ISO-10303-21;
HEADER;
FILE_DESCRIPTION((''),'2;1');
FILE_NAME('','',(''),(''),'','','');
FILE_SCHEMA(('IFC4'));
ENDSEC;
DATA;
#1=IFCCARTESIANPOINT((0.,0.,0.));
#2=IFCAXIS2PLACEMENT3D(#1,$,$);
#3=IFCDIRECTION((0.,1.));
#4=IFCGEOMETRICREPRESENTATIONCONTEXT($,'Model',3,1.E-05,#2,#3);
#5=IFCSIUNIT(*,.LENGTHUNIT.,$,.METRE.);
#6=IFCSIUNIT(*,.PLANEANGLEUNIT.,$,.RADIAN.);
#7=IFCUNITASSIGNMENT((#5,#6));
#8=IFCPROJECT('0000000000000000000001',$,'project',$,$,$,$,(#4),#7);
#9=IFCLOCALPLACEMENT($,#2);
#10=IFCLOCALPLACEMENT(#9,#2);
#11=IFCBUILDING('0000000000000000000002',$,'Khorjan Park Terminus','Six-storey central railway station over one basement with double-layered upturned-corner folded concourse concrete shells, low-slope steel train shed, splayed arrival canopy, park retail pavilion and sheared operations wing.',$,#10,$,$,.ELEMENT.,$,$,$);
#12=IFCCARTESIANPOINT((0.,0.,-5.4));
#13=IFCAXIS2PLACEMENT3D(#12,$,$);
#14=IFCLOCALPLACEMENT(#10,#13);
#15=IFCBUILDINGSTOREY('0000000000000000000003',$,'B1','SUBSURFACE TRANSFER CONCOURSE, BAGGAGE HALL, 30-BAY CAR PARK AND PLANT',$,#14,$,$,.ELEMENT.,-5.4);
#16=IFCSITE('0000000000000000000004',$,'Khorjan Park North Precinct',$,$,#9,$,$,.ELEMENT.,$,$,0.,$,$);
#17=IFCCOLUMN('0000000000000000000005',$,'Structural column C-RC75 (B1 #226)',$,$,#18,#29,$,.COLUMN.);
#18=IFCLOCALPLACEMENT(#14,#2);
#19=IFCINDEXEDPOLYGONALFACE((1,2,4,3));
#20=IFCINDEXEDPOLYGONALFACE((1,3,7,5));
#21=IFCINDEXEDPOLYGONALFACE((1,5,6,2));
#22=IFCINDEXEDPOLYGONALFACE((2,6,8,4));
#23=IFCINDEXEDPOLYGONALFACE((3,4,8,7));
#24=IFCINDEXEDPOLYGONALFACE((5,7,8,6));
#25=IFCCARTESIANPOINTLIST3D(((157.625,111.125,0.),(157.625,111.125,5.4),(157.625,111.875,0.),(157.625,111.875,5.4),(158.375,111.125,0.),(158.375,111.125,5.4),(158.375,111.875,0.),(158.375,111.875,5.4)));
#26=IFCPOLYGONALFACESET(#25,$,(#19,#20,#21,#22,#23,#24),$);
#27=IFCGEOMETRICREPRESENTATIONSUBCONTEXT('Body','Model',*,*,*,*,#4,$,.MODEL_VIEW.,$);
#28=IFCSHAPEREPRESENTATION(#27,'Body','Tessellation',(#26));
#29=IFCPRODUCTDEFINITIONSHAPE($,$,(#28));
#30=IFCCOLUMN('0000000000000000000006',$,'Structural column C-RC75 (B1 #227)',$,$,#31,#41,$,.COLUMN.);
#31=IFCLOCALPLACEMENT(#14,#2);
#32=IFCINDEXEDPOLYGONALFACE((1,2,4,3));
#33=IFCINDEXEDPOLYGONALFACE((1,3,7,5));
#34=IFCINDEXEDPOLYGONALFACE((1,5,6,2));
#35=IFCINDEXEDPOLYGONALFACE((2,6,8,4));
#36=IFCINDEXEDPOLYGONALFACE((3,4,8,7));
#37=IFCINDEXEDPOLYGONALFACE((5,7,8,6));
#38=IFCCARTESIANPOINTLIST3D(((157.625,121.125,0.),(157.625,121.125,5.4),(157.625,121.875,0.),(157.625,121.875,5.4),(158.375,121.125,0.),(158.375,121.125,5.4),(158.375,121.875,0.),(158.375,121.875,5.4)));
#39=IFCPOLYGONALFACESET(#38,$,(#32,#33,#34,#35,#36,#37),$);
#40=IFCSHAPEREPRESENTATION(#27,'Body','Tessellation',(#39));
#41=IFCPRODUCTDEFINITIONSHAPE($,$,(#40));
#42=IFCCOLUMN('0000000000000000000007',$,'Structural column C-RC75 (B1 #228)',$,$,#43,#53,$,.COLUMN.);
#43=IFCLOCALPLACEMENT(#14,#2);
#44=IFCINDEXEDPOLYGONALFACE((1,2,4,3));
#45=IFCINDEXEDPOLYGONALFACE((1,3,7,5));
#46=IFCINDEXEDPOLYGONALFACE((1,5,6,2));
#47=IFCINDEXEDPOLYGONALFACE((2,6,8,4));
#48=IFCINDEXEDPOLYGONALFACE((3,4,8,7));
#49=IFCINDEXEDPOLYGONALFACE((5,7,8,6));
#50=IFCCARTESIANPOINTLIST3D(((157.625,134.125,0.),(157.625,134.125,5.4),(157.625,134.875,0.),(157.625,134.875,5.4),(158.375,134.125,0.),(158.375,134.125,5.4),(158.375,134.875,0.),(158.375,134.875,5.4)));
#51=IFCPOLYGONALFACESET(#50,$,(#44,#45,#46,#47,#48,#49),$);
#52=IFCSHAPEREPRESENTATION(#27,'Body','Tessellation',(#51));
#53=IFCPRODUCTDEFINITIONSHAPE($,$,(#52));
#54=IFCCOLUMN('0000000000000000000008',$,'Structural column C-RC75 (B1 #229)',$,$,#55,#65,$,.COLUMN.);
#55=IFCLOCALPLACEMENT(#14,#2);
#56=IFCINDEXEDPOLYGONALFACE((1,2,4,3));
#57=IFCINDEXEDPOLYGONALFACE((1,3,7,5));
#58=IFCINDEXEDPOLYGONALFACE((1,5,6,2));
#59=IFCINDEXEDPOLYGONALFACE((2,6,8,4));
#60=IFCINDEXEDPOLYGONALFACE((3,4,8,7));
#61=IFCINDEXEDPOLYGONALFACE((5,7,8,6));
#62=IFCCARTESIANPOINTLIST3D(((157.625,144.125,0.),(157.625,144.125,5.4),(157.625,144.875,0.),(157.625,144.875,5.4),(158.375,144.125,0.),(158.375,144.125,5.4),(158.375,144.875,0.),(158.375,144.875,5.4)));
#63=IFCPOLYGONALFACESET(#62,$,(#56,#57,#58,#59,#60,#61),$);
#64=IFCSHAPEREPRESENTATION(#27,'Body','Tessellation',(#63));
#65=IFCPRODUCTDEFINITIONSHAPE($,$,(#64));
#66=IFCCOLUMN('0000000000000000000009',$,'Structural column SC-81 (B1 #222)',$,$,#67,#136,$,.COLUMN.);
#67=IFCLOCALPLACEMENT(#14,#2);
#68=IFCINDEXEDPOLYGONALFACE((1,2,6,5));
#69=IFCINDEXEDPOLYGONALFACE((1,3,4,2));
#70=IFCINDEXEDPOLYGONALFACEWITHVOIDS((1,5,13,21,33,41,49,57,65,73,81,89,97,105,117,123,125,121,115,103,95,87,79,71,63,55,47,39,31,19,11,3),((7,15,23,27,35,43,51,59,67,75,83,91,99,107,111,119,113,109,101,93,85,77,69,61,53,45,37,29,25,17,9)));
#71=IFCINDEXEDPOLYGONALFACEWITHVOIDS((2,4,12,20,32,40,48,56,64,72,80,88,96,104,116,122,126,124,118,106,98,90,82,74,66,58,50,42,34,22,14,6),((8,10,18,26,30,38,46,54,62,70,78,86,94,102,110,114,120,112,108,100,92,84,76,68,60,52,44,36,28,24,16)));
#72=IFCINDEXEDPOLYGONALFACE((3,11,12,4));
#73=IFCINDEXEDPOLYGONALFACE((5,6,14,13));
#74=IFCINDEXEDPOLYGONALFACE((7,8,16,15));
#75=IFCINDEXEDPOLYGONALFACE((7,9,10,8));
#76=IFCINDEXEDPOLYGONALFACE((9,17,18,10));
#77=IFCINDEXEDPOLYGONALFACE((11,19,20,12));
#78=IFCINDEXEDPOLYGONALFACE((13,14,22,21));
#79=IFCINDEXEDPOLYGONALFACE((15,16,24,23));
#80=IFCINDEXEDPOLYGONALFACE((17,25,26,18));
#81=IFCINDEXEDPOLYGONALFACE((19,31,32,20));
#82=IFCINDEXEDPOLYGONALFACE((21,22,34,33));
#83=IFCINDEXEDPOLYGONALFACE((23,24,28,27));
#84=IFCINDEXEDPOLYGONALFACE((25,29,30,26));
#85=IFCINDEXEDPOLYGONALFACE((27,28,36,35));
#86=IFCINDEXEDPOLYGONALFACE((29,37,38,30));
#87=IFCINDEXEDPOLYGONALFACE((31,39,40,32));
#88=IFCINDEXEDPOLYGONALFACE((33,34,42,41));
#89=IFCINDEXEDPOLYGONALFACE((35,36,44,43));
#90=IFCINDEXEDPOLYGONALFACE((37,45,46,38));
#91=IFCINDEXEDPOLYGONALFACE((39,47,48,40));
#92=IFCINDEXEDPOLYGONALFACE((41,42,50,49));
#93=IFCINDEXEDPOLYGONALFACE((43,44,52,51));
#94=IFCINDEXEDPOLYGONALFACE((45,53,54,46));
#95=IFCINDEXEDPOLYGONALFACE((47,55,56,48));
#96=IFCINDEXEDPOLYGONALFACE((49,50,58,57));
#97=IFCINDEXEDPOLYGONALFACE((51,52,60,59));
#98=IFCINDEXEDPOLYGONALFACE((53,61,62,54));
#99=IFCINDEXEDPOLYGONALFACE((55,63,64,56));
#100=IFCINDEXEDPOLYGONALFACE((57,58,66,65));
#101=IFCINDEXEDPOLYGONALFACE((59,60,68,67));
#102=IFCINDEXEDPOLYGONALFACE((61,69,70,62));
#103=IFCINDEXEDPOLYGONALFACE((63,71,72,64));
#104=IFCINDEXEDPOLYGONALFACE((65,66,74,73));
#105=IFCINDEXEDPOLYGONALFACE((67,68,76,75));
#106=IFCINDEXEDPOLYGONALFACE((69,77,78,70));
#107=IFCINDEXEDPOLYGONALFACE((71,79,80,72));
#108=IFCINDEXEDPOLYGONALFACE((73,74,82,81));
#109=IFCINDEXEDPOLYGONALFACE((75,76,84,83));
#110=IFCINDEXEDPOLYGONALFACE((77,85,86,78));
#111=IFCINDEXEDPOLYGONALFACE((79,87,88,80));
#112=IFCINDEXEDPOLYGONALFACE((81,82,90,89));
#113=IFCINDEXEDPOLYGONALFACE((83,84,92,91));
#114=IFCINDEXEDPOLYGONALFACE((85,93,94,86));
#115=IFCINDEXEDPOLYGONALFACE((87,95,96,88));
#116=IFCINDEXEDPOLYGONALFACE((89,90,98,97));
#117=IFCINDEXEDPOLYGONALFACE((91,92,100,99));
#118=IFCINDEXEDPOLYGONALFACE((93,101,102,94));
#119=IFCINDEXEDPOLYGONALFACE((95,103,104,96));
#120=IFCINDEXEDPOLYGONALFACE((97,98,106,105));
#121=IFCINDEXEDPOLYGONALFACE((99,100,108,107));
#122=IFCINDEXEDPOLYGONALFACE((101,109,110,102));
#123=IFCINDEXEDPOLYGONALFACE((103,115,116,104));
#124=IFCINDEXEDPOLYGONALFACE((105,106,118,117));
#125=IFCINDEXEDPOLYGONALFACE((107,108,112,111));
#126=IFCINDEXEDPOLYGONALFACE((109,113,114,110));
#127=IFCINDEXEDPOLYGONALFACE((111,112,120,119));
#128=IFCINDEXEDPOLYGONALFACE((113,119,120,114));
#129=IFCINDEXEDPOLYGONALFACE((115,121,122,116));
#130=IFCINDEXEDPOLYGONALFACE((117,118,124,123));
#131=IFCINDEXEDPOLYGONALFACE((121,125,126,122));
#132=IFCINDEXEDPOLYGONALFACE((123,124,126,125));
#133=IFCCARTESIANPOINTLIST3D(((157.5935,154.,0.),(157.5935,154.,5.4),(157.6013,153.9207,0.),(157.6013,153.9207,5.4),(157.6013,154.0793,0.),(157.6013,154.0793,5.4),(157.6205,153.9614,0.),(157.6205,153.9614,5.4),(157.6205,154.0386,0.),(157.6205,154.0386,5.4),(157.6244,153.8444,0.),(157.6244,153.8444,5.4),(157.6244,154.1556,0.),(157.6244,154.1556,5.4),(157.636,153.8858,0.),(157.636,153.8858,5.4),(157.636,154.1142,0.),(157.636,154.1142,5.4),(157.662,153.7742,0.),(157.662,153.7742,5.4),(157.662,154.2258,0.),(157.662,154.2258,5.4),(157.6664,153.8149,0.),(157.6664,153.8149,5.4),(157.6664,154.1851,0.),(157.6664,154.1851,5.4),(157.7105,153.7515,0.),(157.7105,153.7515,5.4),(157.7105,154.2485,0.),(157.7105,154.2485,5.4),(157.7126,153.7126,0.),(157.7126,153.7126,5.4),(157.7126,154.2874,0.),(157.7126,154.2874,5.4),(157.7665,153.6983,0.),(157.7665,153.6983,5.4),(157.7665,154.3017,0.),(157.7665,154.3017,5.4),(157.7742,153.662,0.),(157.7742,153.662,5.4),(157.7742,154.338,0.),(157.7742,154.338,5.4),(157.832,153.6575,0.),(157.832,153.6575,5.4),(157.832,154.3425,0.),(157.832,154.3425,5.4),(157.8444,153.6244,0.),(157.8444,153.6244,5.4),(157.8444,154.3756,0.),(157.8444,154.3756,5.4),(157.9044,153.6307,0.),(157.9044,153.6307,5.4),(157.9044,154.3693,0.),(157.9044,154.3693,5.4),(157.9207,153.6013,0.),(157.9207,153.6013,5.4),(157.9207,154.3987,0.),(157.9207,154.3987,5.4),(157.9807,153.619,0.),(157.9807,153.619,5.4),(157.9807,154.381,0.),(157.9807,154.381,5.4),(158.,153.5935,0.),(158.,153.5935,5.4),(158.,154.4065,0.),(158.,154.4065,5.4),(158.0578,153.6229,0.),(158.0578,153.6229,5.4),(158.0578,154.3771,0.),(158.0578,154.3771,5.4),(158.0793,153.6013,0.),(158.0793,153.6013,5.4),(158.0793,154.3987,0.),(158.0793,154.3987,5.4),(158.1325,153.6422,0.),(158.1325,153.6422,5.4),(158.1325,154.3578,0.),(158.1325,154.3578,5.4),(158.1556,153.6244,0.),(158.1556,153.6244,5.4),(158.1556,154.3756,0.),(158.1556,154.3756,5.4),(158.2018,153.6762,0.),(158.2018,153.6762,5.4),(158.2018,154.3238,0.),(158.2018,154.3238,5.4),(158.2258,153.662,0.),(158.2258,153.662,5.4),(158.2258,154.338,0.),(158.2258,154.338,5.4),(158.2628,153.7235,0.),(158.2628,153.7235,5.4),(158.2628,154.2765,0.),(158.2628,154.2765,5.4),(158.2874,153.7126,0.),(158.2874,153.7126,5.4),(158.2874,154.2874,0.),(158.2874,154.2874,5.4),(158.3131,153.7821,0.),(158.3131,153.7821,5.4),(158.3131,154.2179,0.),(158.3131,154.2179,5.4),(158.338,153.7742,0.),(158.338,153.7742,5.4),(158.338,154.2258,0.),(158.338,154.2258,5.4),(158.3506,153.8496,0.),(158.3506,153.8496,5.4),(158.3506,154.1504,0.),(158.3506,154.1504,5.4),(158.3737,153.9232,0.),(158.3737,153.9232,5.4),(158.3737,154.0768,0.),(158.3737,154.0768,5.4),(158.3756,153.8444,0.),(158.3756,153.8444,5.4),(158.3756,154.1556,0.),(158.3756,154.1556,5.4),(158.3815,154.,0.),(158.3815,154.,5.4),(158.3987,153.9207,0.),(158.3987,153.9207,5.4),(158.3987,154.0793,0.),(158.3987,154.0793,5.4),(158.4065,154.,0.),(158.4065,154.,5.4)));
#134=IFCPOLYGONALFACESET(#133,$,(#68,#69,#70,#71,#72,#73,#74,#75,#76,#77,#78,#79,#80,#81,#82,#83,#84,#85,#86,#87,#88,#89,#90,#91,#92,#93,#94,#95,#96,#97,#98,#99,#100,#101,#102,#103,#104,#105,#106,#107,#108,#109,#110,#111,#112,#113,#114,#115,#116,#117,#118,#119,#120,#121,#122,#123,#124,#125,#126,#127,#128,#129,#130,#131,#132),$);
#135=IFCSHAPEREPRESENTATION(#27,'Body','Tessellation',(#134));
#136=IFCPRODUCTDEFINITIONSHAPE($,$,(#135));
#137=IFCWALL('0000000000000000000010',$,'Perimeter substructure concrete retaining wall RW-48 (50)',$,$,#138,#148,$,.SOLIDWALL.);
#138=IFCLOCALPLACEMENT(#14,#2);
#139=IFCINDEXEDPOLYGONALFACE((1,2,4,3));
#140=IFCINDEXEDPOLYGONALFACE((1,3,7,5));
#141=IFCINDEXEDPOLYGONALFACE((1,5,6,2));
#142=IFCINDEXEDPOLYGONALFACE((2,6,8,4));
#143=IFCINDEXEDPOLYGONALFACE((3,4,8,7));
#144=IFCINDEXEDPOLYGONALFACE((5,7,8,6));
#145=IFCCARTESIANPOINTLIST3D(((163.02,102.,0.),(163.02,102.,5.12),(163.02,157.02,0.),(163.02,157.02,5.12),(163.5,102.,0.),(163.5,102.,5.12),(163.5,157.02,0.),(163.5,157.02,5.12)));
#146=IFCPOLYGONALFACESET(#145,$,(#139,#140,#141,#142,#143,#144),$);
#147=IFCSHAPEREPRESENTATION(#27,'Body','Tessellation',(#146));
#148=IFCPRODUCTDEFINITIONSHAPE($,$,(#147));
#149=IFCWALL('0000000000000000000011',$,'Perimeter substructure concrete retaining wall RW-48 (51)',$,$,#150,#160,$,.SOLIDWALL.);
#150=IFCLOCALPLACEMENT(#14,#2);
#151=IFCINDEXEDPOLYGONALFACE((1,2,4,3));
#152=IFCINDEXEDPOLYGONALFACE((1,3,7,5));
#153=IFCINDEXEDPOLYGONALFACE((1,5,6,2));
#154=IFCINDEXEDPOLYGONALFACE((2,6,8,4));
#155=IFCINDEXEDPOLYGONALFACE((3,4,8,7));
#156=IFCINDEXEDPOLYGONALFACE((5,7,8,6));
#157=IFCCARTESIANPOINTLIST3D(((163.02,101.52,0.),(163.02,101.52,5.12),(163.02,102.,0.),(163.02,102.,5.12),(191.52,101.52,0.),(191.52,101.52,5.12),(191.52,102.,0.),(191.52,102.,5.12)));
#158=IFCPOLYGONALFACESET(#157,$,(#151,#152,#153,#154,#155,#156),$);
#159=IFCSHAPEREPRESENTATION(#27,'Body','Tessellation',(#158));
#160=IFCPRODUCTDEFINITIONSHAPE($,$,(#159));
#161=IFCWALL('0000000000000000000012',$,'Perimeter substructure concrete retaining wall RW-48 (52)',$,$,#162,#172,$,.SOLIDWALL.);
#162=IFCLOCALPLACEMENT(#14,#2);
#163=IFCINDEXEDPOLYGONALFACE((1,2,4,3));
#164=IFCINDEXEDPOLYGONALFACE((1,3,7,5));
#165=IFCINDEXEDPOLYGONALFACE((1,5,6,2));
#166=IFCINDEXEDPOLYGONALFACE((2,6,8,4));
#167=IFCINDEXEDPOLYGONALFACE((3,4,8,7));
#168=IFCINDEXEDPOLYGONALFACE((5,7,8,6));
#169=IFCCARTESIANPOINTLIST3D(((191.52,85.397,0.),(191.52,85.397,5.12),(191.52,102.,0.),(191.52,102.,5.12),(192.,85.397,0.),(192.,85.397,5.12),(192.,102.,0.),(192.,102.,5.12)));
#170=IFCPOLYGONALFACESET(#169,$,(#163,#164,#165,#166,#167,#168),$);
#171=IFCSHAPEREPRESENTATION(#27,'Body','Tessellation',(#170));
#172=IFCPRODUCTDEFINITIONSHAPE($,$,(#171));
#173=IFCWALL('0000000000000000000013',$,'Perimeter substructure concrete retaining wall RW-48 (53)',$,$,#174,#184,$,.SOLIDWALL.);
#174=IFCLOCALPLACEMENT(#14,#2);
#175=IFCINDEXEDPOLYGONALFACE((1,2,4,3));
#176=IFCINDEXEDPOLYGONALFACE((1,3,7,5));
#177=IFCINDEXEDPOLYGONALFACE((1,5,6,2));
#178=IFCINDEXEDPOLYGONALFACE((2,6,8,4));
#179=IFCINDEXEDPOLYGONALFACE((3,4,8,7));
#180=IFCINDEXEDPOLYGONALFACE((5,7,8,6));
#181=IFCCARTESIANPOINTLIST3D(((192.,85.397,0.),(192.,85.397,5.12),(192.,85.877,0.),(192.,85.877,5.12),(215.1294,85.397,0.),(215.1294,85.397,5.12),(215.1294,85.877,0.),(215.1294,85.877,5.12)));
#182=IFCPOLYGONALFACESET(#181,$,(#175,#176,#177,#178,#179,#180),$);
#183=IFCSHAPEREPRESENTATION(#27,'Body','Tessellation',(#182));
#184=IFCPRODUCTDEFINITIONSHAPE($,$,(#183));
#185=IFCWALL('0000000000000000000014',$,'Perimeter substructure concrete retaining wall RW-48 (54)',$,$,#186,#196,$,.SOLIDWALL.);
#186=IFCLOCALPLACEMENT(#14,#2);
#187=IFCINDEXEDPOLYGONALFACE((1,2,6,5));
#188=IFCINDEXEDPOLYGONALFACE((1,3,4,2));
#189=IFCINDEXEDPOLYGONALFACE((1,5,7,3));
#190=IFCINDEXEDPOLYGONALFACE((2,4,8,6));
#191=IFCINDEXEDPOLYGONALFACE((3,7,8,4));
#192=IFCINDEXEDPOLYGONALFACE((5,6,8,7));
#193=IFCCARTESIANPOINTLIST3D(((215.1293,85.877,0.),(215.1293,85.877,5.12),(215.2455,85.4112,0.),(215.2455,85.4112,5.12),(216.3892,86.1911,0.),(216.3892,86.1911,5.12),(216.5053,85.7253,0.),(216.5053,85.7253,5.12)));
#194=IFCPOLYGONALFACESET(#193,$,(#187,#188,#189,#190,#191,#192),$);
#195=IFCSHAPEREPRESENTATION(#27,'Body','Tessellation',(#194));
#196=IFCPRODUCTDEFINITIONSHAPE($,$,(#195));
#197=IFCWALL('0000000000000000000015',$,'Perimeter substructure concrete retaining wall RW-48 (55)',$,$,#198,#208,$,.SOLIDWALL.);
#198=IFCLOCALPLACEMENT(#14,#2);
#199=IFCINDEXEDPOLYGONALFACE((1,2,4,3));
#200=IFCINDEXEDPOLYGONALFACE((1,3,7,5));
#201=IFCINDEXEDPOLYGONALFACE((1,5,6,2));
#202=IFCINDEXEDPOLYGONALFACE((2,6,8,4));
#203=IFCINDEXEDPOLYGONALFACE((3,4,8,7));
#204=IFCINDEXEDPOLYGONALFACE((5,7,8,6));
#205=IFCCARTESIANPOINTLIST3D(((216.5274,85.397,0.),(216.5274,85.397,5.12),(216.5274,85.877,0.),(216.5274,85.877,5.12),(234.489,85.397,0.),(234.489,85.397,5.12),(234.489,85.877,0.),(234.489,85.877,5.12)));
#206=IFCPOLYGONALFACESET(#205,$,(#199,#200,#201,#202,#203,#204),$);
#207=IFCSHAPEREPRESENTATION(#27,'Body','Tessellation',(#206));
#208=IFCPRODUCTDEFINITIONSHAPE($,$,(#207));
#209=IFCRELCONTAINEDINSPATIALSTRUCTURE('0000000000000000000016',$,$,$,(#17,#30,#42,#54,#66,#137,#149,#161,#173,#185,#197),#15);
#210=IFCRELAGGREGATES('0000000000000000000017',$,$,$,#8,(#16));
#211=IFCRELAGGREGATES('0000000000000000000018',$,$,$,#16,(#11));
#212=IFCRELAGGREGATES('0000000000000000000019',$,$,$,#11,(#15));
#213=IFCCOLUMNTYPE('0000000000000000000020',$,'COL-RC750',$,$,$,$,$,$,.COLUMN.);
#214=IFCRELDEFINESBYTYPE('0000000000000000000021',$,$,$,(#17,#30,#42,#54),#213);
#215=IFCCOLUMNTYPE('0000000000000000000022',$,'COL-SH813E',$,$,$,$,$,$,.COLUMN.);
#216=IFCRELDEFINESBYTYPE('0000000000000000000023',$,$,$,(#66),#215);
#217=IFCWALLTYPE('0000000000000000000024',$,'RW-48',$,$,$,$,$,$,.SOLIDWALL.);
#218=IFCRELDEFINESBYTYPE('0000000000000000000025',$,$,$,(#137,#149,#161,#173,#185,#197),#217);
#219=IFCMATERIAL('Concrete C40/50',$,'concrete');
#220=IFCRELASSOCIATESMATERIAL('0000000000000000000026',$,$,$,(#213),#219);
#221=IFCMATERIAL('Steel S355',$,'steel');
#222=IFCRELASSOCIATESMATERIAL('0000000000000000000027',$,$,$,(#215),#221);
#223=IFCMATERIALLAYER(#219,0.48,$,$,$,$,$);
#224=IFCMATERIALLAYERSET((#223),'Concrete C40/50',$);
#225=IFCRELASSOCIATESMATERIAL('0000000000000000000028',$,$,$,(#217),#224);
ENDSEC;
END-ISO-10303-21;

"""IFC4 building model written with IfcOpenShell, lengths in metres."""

from ifc_helpers import new_model, si_unit, direction, frame, frame_2d, origin, origin_2d, place, context, subcontext, project, spatial, rectangle, hollow_circle, extrude, material, layer, layer_set, material_profile, profile_set, type_object, element, save


model = new_model("IFC4")

# Units and contexts
model_context = context("Model", 3, precision=1e-05, world=origin(), true_north=direction((0.0, 1.0)))
body_context = subcontext(model_context, "Body", "Model", "MODEL_VIEW")
ifc_project = project(units=[si_unit("LENGTHUNIT", "METRE"), si_unit("PLANEANGLEUNIT", "RADIAN")], contexts=[model_context])

# Site, building, storey
site_placement = place(None, origin())
site = spatial("IfcSite", under=ifc_project, at=site_placement, Name="Khorjan Park North Precinct", CompositionType="ELEMENT", RefElevation=0.0)
building_placement = place(site_placement, origin())
building = spatial("IfcBuilding", under=site, at=building_placement, Name="Khorjan Park Terminus", Description="Six-storey central railway station over one basement with double-layered upturned-corner folded concourse concrete shells, low-slope steel train shed, splayed arrival canopy, park retail pavilion and sheared operations wing.", CompositionType="ELEMENT")
storey_placement = place(building_placement, frame((0.0, 0.0, -5.4)))
storey = spatial("IfcBuildingStorey", under=building, at=storey_placement, Name="B1", Description="SUBSURFACE TRANSFER CONCOURSE, BAGGAGE HALL, 30-BAY CAR PARK AND PLANT", CompositionType="ELEMENT", Elevation=-5.4)

# Shared definitions
ifc_material_1 = material(Name="Concrete C40/50", Category="concrete")

# Columns
ifc_material_profile_1 = material_profile(ifc_material_1, rectangle(XDim=0.75, YDim=0.75, at=origin_2d()), Name="RC 750x750")
ifc_profile_set_1 = profile_set([ifc_material_profile_1], Name="Concrete C40/50")
column_type_1 = type_object("IfcColumnType", Name="COL-RC750", PredefinedType="COLUMN", material=ifc_profile_set_1)
for number, where, z_axis, x_axis, name in (
    (1, (158.0, 111.5, 0.0), (0.0, 0.0, 1.0), (1.0, 0.0, 0.0), "Structural column C-RC75 (B1 #226)"),
    (2, (158.0, 121.5, 0.0), (0.0, 0.0, 1.0), (1.0, 0.0, 0.0), "Structural column C-RC75 (B1 #227)"),
    (3, (158.0, 134.5, 0.0), (0.0, 0.0, 1.0), (1.0, 0.0, 0.0), "Structural column C-RC75 (B1 #228)"),
    (4, (158.0, 144.5, 0.0), (0.0, 0.0, 1.0), (1.0, 0.0, 0.0), "Structural column C-RC75 (B1 #229)"),
):
    element("IfcColumn", number, at=place(storey_placement, frame(where, z_axis=z_axis, x_axis=x_axis)), inside=storey, type_object=column_type_1, Name=name, PredefinedType="COLUMN", context=body_context, shape_type="SweptSolid", body=[
        extrude(rectangle(XDim=0.75, YDim=0.75, at=origin_2d()), origin(), (0.0, 0.0, 1.0), 5.4),
    ])
ifc_material_2 = material(Name="Steel S355", Category="steel")
ifc_material_profile_2 = material_profile(ifc_material_2, hollow_circle(Radius=0.4065, WallThickness=0.025, at=origin_2d()), Name="CHS 813x25")
ifc_profile_set_2 = profile_set([ifc_material_profile_2], Name="Steel S355")
column_type_2 = type_object("IfcColumnType", Name="COL-SH813E", PredefinedType="COLUMN", material=ifc_profile_set_2)
column_1_placement = place(storey_placement, frame((158.0, 154.0, 0.0), z_axis=(0.0, 0.0, 1.0), x_axis=(1.0, 0.0, 0.0)))
element("IfcColumn", 5, at=column_1_placement, inside=storey, type_object=column_type_2, Name="Structural column SC-81 (B1 #222)", PredefinedType="COLUMN", context=body_context, shape_type="SweptSolid", body=[
    extrude(hollow_circle(Radius=0.4065, WallThickness=0.025, at=origin_2d()), origin(), (0.0, 0.0, 1.0), 5.4),
])

# Walls
ifc_layer = layer(ifc_material_1, 0.48)
ifc_layer_set = layer_set([ifc_layer], Name="Concrete C40/50")
wall_type = type_object("IfcWallType", Name="RW-48", PredefinedType="SOLIDWALL", material=ifc_layer_set)
wall_1_placement = place(storey_placement, frame((163.26, 157.02, 0.0), z_axis=(0.0, 0.0, 1.0), x_axis=(0.0, -1.0, 0.0)))
element("IfcWall", 6, at=wall_1_placement, inside=storey, type_object=wall_type, Name="Perimeter substructure concrete retaining wall RW-48 (50)", PredefinedType="SOLIDWALL", context=body_context, shape_type="SweptSolid", body=[
    extrude(rectangle(XDim=55.02, YDim=0.48, at=frame_2d((27.51, 0.0))), origin(), (0.0, 0.0, 1.0), 5.12),
])
wall_2_placement = place(storey_placement, frame((163.02, 101.76, 0.0), z_axis=(0.0, 0.0, 1.0), x_axis=(1.0, 0.0, 0.0)))
element("IfcWall", 7, at=wall_2_placement, inside=storey, type_object=wall_type, Name="Perimeter substructure concrete retaining wall RW-48 (51)", PredefinedType="SOLIDWALL", context=body_context, shape_type="SweptSolid", body=[
    extrude(rectangle(XDim=28.5, YDim=0.48, at=frame_2d((14.25, 0.0))), origin(), (0.0, 0.0, 1.0), 5.12),
])
wall_3_placement = place(storey_placement, frame((191.76, 102.0, 0.0), z_axis=(0.0, 0.0, 1.0), x_axis=(0.0, -1.0, 0.0)))
element("IfcWall", 8, at=wall_3_placement, inside=storey, type_object=wall_type, Name="Perimeter substructure concrete retaining wall RW-48 (52)", PredefinedType="SOLIDWALL", context=body_context, shape_type="SweptSolid", body=[
    extrude(rectangle(XDim=16.603, YDim=0.48, at=frame_2d((8.3015, 0.0))), origin(), (0.0, 0.0, 1.0), 5.12),
])
wall_4_placement = place(storey_placement, frame((192.0, 85.637, 0.0), z_axis=(0.0, 0.0, 1.0), x_axis=(1.0, 0.0, 0.0)))
element("IfcWall", 9, at=wall_4_placement, inside=storey, type_object=wall_type, Name="Perimeter substructure concrete retaining wall RW-48 (53)", PredefinedType="SOLIDWALL", context=body_context, shape_type="SweptSolid", body=[
    extrude(rectangle(XDim=23.1293, YDim=0.48, at=frame_2d((11.5647, 0.0))), origin(), (0.0, 0.0, 1.0), 5.12),
])
wall_5_placement = place(storey_placement, frame((215.1874, 85.6441, 0.0), z_axis=(0.0, 0.0, 1.0), x_axis=(0.970296, 0.241919, 0.0)))
element("IfcWall", 10, at=wall_5_placement, inside=storey, type_object=wall_type, Name="Perimeter substructure concrete retaining wall RW-48 (54)", PredefinedType="SOLIDWALL", context=body_context, shape_type="SweptSolid", body=[
    extrude(rectangle(XDim=1.2984, YDim=0.48, at=frame_2d((0.6492, 0.0))), origin(), (0.0, 0.0, 1.0), 5.12),
])
wall_6_placement = place(storey_placement, frame((216.5273, 85.637, 0.0), z_axis=(0.0, 0.0, 1.0), x_axis=(1.0, 0.0, 0.0)))
element("IfcWall", 11, at=wall_6_placement, inside=storey, type_object=wall_type, Name="Perimeter substructure concrete retaining wall RW-48 (55)", PredefinedType="SOLIDWALL", context=body_context, shape_type="SweptSolid", body=[
    extrude(rectangle(XDim=17.9617, YDim=0.48, at=frame_2d((8.9809, 0.0))), origin(), (0.0, 0.0, 1.0), 5.12),
])

save(model, "model.ifc")
